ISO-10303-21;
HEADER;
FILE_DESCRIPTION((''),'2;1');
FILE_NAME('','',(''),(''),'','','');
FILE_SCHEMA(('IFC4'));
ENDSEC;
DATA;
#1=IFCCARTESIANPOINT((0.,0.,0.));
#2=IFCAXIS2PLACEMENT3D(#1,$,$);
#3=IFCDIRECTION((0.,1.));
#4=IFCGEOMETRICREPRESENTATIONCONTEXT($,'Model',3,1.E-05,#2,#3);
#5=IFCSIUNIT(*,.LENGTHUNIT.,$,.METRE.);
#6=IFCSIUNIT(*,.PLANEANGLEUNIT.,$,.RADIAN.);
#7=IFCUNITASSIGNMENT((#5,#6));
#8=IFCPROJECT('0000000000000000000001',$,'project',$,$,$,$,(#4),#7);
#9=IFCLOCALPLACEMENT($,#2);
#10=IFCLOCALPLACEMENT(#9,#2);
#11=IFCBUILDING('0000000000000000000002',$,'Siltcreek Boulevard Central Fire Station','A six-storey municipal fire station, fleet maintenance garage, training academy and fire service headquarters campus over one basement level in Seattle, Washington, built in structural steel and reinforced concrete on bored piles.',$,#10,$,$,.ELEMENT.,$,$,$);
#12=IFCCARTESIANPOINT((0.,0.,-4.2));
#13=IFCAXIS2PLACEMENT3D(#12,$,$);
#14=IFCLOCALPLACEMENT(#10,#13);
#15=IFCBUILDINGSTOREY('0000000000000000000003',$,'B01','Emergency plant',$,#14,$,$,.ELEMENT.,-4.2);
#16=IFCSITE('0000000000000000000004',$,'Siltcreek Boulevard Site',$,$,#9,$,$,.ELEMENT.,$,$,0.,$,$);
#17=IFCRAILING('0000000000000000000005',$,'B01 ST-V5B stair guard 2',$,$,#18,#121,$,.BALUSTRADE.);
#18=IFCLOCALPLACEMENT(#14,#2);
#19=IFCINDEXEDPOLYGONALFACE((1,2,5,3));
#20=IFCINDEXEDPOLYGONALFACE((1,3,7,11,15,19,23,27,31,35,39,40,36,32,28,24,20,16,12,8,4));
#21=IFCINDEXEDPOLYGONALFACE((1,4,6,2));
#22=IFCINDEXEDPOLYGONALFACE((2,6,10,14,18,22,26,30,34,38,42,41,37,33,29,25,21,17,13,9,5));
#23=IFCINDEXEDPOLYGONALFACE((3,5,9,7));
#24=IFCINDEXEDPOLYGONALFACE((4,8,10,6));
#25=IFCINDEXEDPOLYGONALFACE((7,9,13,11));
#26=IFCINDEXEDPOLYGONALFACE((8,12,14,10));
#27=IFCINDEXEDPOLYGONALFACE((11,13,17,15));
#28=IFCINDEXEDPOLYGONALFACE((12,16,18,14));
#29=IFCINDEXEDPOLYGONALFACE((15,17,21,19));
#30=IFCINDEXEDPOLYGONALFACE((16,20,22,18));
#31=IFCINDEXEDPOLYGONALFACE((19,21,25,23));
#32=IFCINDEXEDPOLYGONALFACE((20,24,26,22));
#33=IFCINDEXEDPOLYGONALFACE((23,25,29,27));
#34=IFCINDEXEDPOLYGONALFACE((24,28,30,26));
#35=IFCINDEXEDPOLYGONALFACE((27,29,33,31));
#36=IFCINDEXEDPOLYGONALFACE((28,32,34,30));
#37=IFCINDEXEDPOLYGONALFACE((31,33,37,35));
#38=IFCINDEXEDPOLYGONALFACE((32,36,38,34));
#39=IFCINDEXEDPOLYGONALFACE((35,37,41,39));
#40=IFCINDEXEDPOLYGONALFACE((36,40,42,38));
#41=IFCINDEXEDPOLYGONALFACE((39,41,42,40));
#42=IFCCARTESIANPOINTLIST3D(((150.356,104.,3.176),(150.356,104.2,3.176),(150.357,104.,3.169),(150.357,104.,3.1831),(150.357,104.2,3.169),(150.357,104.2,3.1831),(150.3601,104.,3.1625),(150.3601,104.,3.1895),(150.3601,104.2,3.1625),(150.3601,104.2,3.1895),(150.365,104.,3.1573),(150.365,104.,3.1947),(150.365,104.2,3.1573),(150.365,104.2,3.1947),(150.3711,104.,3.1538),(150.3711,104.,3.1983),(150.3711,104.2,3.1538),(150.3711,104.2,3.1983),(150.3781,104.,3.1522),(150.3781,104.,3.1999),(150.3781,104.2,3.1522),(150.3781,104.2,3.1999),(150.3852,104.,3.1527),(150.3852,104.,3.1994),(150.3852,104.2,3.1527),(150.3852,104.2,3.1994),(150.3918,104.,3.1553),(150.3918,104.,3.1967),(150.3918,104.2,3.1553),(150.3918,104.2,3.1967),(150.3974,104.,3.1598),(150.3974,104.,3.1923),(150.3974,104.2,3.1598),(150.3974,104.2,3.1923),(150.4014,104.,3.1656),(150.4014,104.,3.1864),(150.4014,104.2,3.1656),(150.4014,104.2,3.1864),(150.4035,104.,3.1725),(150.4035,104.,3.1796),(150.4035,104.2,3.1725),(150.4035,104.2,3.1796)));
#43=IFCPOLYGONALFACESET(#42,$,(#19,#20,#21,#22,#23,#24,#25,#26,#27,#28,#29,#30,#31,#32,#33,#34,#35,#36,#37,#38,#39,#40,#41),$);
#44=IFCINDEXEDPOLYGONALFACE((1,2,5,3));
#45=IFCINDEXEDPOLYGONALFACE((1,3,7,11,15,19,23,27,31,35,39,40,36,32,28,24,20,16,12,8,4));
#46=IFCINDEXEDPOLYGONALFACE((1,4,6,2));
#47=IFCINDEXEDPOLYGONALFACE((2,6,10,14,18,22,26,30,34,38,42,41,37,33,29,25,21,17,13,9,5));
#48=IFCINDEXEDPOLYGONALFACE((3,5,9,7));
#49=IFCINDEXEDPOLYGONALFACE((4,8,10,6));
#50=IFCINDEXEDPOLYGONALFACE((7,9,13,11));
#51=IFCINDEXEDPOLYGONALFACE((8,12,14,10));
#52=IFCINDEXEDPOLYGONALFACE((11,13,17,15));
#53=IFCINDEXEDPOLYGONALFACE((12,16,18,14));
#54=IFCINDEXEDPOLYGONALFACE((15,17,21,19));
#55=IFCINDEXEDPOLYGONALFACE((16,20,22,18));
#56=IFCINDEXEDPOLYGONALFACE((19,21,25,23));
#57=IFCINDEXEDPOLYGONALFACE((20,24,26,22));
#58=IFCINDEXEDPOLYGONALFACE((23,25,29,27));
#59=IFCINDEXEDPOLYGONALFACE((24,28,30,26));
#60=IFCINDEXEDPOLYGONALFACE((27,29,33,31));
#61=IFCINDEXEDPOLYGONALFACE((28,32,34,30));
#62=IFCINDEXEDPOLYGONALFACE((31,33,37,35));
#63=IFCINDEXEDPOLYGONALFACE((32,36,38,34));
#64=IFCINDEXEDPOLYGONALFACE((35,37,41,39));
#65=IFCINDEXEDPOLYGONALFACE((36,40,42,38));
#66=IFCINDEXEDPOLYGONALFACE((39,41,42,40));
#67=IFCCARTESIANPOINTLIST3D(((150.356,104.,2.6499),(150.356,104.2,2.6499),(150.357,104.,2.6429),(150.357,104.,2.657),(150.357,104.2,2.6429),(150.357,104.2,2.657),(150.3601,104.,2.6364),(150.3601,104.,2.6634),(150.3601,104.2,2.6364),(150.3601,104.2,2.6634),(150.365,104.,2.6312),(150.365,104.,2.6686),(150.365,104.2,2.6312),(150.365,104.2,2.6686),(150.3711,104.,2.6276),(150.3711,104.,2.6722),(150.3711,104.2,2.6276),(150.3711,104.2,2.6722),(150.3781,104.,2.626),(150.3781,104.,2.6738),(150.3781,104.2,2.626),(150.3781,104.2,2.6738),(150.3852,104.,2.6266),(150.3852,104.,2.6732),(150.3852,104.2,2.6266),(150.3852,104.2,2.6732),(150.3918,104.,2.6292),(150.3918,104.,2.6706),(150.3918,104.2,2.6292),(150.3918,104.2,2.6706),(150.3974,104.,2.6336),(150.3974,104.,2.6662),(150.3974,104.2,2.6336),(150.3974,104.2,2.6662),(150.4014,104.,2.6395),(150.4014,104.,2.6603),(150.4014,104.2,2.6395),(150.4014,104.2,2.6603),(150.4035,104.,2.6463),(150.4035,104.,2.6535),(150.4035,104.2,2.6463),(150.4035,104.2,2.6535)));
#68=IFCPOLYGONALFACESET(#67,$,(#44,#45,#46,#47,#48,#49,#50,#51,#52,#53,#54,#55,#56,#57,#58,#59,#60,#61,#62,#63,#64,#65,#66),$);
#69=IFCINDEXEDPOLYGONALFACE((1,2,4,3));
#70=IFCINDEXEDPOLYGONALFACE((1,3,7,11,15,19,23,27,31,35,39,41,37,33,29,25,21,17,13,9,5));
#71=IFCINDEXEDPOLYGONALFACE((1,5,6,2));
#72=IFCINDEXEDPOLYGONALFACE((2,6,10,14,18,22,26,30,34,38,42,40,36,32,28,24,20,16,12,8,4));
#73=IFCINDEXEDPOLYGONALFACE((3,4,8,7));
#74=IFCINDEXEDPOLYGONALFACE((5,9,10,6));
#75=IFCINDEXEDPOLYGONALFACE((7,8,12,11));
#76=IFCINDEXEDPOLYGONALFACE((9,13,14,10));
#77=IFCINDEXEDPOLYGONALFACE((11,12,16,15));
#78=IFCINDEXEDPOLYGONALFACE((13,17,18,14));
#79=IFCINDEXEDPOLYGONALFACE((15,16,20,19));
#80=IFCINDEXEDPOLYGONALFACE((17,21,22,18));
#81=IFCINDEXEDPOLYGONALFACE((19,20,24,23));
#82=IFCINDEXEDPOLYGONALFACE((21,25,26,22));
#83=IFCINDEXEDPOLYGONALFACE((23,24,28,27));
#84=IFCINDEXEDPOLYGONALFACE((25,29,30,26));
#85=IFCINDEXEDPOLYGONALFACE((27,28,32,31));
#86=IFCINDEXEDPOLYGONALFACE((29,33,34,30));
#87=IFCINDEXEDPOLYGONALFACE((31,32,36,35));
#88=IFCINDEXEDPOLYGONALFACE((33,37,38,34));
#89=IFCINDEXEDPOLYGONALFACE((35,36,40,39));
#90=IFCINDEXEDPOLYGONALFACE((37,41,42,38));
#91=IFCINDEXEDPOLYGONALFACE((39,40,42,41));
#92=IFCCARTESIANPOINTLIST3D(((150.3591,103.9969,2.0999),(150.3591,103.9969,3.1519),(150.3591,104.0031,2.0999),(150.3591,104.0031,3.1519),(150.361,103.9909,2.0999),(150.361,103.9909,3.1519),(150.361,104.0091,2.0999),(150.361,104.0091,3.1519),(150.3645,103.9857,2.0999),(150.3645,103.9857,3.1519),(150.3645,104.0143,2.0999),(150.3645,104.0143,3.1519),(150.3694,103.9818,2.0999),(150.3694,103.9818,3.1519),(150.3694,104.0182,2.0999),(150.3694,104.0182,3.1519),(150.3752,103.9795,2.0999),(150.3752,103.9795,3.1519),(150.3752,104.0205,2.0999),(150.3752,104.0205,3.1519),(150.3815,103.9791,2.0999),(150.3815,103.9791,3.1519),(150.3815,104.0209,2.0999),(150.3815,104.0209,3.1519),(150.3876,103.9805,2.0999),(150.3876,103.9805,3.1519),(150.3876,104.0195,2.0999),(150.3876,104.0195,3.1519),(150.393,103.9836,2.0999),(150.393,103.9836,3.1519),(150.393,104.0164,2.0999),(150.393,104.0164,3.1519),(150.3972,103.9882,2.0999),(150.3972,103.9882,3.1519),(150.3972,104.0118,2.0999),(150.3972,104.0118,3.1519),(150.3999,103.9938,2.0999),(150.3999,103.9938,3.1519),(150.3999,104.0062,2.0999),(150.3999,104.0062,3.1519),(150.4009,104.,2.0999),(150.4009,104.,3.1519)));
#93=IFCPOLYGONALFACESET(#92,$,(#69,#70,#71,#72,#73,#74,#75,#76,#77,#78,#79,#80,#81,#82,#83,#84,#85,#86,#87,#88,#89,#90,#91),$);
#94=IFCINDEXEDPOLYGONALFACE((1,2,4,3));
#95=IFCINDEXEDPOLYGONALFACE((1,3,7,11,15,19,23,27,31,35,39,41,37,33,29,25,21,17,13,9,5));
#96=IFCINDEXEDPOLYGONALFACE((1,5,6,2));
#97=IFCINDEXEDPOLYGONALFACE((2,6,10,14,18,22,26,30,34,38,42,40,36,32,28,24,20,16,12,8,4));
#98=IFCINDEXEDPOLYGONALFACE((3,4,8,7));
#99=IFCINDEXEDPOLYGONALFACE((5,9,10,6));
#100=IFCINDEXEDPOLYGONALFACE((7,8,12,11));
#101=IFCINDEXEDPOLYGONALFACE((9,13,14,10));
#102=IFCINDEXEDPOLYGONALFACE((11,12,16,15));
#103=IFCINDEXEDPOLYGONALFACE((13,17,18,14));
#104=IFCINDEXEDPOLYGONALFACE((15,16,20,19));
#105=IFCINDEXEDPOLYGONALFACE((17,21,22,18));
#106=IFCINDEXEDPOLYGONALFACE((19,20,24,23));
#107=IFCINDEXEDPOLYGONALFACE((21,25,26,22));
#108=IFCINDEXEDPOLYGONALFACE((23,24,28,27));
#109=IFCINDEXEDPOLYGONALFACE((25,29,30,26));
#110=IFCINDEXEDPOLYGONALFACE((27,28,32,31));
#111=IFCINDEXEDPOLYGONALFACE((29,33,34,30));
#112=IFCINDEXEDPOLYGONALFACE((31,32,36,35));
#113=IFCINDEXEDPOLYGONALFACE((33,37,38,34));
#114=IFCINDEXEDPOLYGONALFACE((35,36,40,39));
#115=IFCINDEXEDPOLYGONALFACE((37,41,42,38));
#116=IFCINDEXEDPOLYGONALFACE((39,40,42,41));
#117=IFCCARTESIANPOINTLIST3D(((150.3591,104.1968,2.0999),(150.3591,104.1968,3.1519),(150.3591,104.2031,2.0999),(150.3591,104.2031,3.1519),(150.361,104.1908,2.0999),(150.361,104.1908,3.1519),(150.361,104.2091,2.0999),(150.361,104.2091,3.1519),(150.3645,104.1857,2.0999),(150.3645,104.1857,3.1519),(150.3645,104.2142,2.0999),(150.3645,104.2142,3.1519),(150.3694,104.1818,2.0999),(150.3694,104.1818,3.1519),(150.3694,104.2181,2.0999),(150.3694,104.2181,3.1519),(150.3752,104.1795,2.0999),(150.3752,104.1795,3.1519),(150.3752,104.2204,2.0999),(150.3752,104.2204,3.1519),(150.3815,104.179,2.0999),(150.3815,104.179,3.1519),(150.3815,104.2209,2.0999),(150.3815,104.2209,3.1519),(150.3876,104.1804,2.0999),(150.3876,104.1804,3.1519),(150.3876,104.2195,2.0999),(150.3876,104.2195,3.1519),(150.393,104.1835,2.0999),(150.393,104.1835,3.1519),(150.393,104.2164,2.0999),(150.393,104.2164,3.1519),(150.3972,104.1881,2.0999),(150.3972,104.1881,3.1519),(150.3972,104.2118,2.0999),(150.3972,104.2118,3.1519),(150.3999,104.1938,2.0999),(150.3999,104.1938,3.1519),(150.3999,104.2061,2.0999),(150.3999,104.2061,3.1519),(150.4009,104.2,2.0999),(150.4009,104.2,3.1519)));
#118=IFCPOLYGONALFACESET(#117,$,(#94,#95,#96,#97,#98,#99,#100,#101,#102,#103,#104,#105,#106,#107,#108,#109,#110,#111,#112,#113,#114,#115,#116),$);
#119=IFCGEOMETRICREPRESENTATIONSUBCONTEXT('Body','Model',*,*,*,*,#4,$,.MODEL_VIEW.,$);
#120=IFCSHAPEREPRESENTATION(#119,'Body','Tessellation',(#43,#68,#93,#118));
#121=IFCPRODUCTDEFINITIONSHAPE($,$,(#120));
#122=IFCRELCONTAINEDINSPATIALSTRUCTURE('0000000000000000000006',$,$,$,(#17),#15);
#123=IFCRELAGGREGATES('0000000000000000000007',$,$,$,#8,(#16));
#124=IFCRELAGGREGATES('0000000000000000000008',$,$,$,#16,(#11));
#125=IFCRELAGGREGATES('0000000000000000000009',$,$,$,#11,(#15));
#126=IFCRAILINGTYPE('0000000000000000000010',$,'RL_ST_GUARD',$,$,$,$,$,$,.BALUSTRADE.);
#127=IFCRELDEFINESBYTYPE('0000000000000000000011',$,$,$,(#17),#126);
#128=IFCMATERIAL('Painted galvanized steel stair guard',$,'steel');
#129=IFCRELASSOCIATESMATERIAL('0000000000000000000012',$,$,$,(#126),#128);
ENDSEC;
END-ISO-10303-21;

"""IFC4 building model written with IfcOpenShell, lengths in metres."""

from ifc_helpers import new_model, si_unit, direction, frame, origin, origin_2d, place, context, subcontext, project, spatial, circle, extrude, material, type_object, element, save


model = new_model("IFC4")

# Units and contexts
model_context = context("Model", 3, precision=1e-05, world=origin(), true_north=direction((0.0, 1.0)))
body_context = subcontext(model_context, "Body", "Model", "MODEL_VIEW")
ifc_project = project(units=[si_unit("LENGTHUNIT", "METRE"), si_unit("PLANEANGLEUNIT", "RADIAN")], contexts=[model_context])

# Site, building, storey
site_placement = place(None, origin())
site = spatial("IfcSite", under=ifc_project, at=site_placement, Name="Siltcreek Boulevard Site", CompositionType="ELEMENT", RefElevation=0.0)
building_placement = place(site_placement, origin())
building = spatial("IfcBuilding", under=site, at=building_placement, Name="Siltcreek Boulevard Central Fire Station", Description="A six-storey municipal fire station, fleet maintenance garage, training academy and fire service headquarters campus over one basement level in Seattle, Washington, built in structural steel and reinforced concrete on bored piles.", CompositionType="ELEMENT")
storey_placement = place(building_placement, frame((0.0, 0.0, -4.2)))
storey = spatial("IfcBuildingStorey", under=building, at=storey_placement, Name="B01", Description="Emergency plant", CompositionType="ELEMENT", Elevation=-4.2)

# Railing
ifc_material_1 = material(Name="Painted galvanized steel stair guard", Category="steel")
railing_type_1 = type_object("IfcRailingType", Name="RL_ST_GUARD", PredefinedType="BALUSTRADE", material=ifc_material_1)
railing_1_placement = place(storey_placement, frame((150.3799, 104.0, 2.0999)))
element("IfcRailing", 1, at=railing_1_placement, inside=storey, type_object=railing_type_1, Name="B01 ST-V5B stair guard 2", PredefinedType="BALUSTRADE", context=body_context, shape_type="SweptSolid", body=[
    extrude(circle(Radius=0.0239, at=origin_2d()), frame((0.0, 0.0, 1.0762), z_axis=(0.0, 1.0, 0.0), x_axis=(-1.0, 0.0, 0.0)), (0.0, 0.0, 1.0), 0.2),
    extrude(circle(Radius=0.0239, at=origin_2d()), frame((0.0, 0.0, 0.55), z_axis=(0.0, 1.0, 0.0), x_axis=(-1.0, 0.0, 0.0)), (0.0, 0.0, 1.0), 0.2),
    extrude(circle(Radius=0.021, at=origin_2d()), origin(), (0.0, 0.0, 1.0), 1.052),
    extrude(circle(Radius=0.021, at=origin_2d()), frame((0.0, 0.2, 0.0)), (0.0, 0.0, 1.0), 1.052),
])

save(model, "model.ifc")
